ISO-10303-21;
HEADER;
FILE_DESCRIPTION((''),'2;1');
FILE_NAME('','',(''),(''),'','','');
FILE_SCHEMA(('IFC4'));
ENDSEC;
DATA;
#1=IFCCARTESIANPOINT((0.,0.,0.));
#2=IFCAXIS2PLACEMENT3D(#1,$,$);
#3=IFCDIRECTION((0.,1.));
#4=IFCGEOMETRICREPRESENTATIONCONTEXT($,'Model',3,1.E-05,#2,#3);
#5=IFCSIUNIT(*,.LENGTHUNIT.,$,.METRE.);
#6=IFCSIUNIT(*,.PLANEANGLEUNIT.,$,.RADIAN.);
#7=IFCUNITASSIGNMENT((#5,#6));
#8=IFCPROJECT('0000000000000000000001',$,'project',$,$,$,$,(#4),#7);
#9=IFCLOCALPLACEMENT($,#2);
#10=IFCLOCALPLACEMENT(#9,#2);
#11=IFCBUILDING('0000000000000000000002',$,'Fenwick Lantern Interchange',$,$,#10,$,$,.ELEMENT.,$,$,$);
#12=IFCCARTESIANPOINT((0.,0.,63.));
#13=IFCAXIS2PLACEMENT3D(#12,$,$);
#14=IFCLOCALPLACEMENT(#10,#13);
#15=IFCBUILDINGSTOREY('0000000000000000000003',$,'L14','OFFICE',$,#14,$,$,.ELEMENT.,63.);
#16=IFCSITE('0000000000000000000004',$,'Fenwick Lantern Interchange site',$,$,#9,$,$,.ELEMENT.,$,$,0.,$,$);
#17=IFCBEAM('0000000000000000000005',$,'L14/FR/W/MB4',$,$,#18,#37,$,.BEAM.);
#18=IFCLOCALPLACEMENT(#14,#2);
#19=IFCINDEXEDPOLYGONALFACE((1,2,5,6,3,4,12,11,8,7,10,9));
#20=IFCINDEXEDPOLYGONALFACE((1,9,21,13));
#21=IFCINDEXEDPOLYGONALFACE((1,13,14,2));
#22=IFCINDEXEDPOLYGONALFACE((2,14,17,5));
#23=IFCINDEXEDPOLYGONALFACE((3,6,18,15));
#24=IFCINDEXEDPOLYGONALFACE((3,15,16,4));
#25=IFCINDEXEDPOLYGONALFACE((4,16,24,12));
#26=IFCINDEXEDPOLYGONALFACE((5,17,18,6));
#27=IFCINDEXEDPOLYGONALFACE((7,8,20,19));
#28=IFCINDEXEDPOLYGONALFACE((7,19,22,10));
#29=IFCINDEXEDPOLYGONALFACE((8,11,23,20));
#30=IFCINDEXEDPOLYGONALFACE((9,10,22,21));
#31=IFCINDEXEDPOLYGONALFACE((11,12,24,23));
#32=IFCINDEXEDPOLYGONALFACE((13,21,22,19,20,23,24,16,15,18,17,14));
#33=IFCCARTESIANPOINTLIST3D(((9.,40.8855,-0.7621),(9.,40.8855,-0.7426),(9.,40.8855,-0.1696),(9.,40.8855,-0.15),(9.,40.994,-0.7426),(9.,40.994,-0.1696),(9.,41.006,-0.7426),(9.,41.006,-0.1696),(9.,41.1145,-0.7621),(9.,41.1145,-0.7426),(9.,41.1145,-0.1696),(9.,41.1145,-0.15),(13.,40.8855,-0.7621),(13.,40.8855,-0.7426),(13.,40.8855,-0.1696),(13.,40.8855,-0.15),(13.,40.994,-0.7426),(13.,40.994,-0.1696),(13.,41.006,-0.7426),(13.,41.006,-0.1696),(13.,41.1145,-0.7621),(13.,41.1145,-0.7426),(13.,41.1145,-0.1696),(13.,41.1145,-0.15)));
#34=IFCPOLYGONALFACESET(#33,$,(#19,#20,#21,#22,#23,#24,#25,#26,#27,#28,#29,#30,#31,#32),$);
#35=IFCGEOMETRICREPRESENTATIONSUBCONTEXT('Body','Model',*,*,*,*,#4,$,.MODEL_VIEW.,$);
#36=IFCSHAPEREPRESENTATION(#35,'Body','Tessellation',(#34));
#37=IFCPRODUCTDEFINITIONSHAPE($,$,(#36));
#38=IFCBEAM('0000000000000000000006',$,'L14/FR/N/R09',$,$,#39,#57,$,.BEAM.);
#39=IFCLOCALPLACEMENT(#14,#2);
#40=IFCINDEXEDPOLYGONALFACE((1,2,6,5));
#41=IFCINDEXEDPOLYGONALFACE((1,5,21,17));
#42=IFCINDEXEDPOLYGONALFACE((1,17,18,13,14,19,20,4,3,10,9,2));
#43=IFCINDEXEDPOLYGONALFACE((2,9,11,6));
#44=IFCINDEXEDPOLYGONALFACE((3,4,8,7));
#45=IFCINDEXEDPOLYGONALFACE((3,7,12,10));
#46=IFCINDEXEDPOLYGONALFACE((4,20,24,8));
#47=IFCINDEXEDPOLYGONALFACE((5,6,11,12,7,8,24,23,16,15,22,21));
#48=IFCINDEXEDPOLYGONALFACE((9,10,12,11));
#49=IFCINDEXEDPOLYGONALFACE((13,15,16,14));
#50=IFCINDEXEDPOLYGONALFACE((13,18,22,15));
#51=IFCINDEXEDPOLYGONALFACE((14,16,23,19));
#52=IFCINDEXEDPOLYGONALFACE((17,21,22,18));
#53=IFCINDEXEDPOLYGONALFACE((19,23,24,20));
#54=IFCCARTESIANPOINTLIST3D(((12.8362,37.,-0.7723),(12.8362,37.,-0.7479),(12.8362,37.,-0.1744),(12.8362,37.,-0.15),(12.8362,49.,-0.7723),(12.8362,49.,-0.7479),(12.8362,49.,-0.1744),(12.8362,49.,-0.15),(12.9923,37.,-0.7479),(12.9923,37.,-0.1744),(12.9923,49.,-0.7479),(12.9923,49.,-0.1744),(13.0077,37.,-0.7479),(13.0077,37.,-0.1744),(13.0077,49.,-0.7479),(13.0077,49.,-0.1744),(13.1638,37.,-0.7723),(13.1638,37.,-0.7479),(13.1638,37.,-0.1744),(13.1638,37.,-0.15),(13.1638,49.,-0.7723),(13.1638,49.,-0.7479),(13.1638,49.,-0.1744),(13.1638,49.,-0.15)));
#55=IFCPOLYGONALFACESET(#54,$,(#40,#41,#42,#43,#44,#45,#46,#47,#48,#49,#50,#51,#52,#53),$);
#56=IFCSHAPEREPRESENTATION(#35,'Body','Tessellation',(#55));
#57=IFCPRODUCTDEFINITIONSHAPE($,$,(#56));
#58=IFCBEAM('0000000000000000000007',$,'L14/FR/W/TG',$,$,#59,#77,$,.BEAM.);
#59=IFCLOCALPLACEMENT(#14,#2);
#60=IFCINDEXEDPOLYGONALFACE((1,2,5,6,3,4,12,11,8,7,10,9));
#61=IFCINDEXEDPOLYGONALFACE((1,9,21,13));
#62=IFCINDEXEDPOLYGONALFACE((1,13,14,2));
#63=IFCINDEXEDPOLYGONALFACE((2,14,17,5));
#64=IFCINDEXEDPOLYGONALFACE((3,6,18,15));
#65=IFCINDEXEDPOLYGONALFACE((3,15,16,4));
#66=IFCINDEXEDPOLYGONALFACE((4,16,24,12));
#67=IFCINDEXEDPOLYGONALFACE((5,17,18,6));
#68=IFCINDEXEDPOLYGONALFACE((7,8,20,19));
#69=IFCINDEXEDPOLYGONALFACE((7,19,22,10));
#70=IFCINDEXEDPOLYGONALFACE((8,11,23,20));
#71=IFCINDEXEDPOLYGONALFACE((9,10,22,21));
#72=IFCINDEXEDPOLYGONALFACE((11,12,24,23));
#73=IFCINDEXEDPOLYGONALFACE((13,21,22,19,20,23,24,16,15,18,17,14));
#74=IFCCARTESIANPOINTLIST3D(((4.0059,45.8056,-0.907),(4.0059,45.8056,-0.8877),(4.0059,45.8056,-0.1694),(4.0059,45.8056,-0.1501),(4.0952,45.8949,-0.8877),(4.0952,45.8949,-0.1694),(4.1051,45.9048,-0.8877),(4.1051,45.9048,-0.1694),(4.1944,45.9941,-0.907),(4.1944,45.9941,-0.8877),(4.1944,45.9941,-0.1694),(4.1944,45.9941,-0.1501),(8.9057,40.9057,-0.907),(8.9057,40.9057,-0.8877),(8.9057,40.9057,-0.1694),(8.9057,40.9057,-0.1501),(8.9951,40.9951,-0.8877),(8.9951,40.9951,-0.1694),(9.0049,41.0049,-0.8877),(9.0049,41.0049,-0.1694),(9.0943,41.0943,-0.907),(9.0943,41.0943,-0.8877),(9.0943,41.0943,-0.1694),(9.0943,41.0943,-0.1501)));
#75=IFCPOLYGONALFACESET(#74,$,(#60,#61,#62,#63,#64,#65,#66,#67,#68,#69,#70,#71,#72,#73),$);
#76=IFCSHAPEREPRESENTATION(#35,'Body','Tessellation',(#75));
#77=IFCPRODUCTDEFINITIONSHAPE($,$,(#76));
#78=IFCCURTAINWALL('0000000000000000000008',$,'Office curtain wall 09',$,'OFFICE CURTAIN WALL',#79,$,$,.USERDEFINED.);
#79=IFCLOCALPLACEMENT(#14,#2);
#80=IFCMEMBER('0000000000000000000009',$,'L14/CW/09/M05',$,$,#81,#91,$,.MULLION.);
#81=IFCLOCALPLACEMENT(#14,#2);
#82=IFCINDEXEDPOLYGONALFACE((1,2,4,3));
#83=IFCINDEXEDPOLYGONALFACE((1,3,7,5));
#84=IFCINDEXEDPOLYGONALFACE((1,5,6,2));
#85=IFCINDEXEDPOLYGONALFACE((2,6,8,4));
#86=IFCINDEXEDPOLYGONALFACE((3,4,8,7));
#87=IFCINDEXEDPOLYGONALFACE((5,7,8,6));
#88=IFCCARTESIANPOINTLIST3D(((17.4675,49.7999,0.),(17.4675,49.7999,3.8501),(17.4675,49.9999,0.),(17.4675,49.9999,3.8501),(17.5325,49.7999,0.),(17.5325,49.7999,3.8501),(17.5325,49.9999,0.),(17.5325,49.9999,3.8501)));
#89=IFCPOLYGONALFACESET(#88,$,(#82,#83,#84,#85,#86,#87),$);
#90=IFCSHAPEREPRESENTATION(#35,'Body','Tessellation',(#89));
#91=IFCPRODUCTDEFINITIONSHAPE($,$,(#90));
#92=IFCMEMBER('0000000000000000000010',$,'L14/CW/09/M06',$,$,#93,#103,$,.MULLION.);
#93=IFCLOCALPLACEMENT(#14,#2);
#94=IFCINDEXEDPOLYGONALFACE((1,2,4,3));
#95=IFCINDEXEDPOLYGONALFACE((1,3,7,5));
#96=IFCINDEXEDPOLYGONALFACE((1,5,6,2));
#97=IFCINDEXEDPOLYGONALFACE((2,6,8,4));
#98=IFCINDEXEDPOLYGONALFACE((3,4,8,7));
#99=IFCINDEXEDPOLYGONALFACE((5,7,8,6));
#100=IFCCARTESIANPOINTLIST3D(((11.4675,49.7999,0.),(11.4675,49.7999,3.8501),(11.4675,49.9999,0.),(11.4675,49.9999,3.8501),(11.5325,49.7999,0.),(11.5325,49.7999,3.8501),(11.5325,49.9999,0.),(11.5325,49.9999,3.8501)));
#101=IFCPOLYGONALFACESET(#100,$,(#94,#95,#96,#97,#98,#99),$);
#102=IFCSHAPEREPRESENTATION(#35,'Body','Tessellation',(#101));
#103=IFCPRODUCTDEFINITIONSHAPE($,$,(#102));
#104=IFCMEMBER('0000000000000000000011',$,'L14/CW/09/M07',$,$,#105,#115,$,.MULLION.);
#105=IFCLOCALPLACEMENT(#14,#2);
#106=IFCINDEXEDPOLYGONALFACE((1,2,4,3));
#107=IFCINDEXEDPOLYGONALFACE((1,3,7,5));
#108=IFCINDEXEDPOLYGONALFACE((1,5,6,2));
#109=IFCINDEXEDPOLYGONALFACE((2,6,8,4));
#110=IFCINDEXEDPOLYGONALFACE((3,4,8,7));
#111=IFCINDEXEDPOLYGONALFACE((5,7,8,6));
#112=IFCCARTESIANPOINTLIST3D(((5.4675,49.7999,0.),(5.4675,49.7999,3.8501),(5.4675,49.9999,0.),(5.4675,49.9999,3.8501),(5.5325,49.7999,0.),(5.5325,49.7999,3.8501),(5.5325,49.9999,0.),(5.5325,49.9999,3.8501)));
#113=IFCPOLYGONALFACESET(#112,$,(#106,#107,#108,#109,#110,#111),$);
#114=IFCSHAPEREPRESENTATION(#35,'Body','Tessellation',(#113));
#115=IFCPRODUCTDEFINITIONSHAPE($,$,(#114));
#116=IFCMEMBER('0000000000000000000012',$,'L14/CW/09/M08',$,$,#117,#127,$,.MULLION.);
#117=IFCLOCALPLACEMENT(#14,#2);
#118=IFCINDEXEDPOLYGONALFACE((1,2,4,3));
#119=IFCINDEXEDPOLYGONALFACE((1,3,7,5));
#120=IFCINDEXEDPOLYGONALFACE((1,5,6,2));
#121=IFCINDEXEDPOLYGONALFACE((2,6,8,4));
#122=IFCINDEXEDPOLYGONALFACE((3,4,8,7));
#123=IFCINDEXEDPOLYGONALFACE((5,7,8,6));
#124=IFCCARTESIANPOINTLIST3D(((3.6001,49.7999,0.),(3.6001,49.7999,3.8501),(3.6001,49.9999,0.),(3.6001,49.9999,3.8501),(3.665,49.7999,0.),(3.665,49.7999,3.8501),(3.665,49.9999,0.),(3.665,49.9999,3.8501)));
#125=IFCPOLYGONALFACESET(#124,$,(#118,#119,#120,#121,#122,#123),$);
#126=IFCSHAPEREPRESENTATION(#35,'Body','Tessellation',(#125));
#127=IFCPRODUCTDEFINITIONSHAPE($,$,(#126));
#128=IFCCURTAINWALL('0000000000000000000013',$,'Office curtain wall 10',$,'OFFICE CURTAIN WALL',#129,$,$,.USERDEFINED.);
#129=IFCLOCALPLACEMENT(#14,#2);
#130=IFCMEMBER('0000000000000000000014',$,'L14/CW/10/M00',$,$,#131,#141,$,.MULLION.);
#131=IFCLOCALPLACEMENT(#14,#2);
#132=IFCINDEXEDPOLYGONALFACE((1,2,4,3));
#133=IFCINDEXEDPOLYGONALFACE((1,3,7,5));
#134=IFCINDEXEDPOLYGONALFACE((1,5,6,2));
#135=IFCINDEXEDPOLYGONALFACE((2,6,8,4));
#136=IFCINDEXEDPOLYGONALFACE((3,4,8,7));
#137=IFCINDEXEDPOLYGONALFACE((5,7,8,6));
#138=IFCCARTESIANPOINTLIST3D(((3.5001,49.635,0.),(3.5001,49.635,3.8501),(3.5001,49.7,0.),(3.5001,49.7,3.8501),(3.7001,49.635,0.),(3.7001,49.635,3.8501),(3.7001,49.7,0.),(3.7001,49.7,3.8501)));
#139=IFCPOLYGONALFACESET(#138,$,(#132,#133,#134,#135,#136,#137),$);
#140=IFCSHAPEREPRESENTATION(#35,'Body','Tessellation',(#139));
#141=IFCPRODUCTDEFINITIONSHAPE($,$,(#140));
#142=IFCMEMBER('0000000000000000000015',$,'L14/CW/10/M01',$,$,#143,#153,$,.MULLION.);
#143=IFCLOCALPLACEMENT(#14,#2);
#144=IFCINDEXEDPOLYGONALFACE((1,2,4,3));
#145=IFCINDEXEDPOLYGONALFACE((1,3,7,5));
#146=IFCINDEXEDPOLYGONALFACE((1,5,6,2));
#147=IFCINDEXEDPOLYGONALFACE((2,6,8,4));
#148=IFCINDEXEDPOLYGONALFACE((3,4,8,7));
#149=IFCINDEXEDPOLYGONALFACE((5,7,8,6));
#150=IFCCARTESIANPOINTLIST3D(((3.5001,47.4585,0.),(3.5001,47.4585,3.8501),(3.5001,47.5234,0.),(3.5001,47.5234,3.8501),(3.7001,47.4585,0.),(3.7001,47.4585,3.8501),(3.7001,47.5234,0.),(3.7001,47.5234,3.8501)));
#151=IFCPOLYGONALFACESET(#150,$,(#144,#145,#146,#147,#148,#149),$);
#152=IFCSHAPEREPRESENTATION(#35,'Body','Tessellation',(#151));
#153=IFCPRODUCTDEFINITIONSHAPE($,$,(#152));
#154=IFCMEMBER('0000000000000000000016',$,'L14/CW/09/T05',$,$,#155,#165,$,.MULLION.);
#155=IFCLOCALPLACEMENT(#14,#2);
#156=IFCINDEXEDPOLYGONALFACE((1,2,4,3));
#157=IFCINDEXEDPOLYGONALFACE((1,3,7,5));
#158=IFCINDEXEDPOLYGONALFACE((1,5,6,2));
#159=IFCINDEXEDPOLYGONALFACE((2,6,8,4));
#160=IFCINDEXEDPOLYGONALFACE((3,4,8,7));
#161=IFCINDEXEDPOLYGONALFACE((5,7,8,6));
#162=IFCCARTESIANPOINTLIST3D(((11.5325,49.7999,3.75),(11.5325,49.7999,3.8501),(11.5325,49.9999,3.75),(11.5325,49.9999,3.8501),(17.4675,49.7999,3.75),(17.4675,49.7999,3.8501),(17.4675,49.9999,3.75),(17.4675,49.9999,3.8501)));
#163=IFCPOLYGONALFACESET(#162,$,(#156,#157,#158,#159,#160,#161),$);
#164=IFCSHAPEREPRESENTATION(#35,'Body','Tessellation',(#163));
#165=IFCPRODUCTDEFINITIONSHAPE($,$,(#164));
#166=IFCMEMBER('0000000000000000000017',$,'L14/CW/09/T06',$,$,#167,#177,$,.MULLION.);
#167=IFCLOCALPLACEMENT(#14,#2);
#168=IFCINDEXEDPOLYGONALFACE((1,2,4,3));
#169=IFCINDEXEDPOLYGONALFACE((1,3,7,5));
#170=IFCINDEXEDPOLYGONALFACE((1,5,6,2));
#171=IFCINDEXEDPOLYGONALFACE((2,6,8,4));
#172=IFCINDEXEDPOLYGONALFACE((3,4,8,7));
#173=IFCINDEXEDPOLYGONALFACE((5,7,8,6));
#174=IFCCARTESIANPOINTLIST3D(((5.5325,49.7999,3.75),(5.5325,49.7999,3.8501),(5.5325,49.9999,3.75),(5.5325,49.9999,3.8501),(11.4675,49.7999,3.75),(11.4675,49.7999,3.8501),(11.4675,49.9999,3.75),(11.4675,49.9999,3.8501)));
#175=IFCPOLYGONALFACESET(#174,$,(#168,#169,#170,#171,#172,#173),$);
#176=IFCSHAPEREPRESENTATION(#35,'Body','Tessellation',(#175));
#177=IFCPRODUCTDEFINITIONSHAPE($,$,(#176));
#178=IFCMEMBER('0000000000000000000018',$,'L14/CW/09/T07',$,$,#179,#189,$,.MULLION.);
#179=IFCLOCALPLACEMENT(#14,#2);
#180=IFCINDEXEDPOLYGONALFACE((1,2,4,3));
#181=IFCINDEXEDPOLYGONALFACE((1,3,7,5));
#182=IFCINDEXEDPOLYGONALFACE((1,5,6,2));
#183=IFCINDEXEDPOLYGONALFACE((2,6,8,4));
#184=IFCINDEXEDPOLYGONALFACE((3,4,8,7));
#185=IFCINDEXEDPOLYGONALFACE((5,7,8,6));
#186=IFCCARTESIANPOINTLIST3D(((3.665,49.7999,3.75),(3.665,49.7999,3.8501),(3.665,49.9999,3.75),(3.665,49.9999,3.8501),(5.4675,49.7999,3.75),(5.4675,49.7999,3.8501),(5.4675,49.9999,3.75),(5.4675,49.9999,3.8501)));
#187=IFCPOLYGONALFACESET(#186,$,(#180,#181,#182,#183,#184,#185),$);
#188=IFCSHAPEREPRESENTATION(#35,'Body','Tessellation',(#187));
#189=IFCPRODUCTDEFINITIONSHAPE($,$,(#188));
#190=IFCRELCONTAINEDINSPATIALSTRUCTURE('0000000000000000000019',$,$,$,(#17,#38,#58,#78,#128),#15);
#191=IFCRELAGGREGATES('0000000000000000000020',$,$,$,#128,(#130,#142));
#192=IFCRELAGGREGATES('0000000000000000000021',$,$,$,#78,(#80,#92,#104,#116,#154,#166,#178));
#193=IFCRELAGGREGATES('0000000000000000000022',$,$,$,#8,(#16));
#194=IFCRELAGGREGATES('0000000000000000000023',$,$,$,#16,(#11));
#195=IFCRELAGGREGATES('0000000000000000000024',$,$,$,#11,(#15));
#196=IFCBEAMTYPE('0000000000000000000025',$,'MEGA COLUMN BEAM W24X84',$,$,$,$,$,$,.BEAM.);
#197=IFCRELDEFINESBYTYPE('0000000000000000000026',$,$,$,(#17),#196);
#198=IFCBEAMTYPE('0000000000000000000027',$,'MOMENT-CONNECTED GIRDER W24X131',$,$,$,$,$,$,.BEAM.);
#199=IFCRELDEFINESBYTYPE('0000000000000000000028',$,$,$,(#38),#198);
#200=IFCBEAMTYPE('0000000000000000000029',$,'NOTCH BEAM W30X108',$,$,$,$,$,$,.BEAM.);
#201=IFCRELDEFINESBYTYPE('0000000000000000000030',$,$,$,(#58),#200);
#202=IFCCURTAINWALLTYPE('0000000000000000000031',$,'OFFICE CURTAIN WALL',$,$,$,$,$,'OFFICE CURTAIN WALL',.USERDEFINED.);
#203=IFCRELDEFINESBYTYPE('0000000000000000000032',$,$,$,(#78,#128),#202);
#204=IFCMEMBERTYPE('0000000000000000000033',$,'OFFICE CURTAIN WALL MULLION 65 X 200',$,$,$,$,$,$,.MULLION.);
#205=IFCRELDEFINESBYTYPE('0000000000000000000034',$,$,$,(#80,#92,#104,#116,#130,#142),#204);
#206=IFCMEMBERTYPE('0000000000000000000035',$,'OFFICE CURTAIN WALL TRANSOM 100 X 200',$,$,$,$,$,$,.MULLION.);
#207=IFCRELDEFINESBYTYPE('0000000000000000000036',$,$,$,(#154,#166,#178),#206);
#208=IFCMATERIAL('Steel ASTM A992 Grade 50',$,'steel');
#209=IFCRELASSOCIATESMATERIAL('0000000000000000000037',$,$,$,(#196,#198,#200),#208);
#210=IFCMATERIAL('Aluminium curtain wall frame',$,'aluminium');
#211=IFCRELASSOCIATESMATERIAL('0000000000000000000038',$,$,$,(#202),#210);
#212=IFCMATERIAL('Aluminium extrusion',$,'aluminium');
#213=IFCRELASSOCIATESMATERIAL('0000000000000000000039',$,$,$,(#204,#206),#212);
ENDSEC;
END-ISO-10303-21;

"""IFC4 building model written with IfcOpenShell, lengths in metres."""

from ifc_helpers import new_model, si_unit, direction, frame, origin, origin_2d, place, context, subcontext, project, spatial, rectangle, i_section, extrude, material, material_profile, profile_set, type_object, element, aggregate, save


model = new_model("IFC4")

# Units and contexts
model_context = context("Model", 3, precision=1e-05, world=origin(), true_north=direction((0.0, 1.0)))
body_context = subcontext(model_context, "Body", "Model", "MODEL_VIEW")
ifc_project = project(units=[si_unit("LENGTHUNIT", "METRE"), si_unit("PLANEANGLEUNIT", "RADIAN")], contexts=[model_context])

# Site, building, storey
site_placement = place(None, origin())
site = spatial("IfcSite", under=ifc_project, at=site_placement, Name="Fenwick Lantern Interchange site", CompositionType="ELEMENT", RefElevation=0.0)
building_placement = place(site_placement, origin())
building = spatial("IfcBuilding", under=site, at=building_placement, Name="Fenwick Lantern Interchange", CompositionType="ELEMENT")
storey_placement = place(building_placement, frame((0.0, 0.0, 63.0)))
storey = spatial("IfcBuildingStorey", under=building, at=storey_placement, Name="L14", Description="OFFICE", CompositionType="ELEMENT", Elevation=63.0)

# Beams
ifc_material_1 = material(Name="Steel ASTM A992 Grade 50", Category="steel")
ifc_material_profile_1 = material_profile(ifc_material_1, i_section(OverallWidth=0.229, OverallDepth=0.6121, WebThickness=0.012, FlangeThickness=0.0195, at=origin_2d()), Name="W24X84")
ifc_profile_set_1 = profile_set([ifc_material_profile_1], Name="Steel ASTM A992 Grade 50")
beam_type_1 = type_object("IfcBeamType", Name="MEGA COLUMN BEAM W24X84", PredefinedType="BEAM", material=ifc_profile_set_1)
for number, where, z_axis, x_axis, name in (
    (1, (9.0, 41.0, -0.4561), (1.0, 0.0, 0.0), (0.0, 1.0, 0.0), "L14/FR/W/MB4"),
):
    element("IfcBeam", number, at=place(storey_placement, frame(where, z_axis=z_axis, x_axis=x_axis)), inside=storey, type_object=beam_type_1, Name=name, PredefinedType="BEAM", context=body_context, shape_type="SweptSolid", body=[
        extrude(i_section(OverallWidth=0.229, OverallDepth=0.6121, WebThickness=0.012, FlangeThickness=0.0195, at=origin_2d()), origin(), (0.0, 0.0, 1.0), 4.0),
    ])
ifc_material_profile_2 = material_profile(ifc_material_1, i_section(OverallWidth=0.3276, OverallDepth=0.6223, WebThickness=0.0154, FlangeThickness=0.0244, at=origin_2d()), Name="W24X131")
ifc_profile_set_2 = profile_set([ifc_material_profile_2], Name="Steel ASTM A992 Grade 50")
beam_type_2 = type_object("IfcBeamType", Name="MOMENT-CONNECTED GIRDER W24X131", PredefinedType="BEAM", material=ifc_profile_set_2)
beam_1_placement = place(storey_placement, frame((13.0, 49.0, -0.4612), z_axis=(0.0, -1.0, 0.0), x_axis=(1.0, 0.0, 0.0)))
element("IfcBeam", 2, at=beam_1_placement, inside=storey, type_object=beam_type_2, Name="L14/FR/N/R09", PredefinedType="BEAM", context=body_context, shape_type="SweptSolid", body=[
    extrude(i_section(OverallWidth=0.3276, OverallDepth=0.6223, WebThickness=0.0154, FlangeThickness=0.0244, at=origin_2d()), origin(), (0.0, 0.0, 1.0), 12.0),
])
ifc_material_profile_3 = material_profile(ifc_material_1, i_section(OverallWidth=0.2666, OverallDepth=0.7568, WebThickness=0.0139, FlangeThickness=0.0193, at=origin_2d()), Name="W30X108")
ifc_profile_set_3 = profile_set([ifc_material_profile_3], Name="Steel ASTM A992 Grade 50")
beam_type_3 = type_object("IfcBeamType", Name="NOTCH BEAM W30X108", PredefinedType="BEAM", material=ifc_profile_set_3)
beam_2_placement = place(storey_placement, frame((9.0, 41.0, -0.5286), z_axis=(-0.707107, 0.707107, 0.0), x_axis=(-0.707107, -0.707107, 0.0)))
element("IfcBeam", 3, at=beam_2_placement, inside=storey, type_object=beam_type_3, Name="L14/FR/W/TG", PredefinedType="BEAM", context=body_context, shape_type="SweptSolid", body=[
    extrude(i_section(OverallWidth=0.2666, OverallDepth=0.7568, WebThickness=0.0139, FlangeThickness=0.0193, at=origin_2d()), origin(), (0.0, 0.0, 1.0), 6.9294),
])

# Curtain walls, members
ifc_material_2 = material(Name="Aluminium curtain wall frame", Category="aluminium")
curtain_wall_type = type_object("IfcCurtainWallType", Name="OFFICE CURTAIN WALL", ElementType="OFFICE CURTAIN WALL", PredefinedType="USERDEFINED", material=ifc_material_2)
curtain_wall_1_placement = place(storey_placement, origin())
curtain_wall_1 = element("IfcCurtainWall", 4, at=curtain_wall_1_placement, inside=storey, type_object=curtain_wall_type, Name="Office curtain wall 09", ObjectType="OFFICE CURTAIN WALL", PredefinedType="USERDEFINED")
ifc_material_3 = material(Name="Aluminium extrusion", Category="aluminium")
ifc_material_profile_4 = material_profile(ifc_material_3, rectangle(XDim=0.2, YDim=0.0649, at=origin_2d()), Name="OFFICE CURTAIN WALL MULLION 65 X 200")
ifc_profile_set_4 = profile_set([ifc_material_profile_4], Name="Aluminium extrusion")
member_type_1 = type_object("IfcMemberType", Name="OFFICE CURTAIN WALL MULLION 65 X 200", PredefinedType="MULLION", material=ifc_profile_set_4)
member_1_placement = place(storey_placement, frame((17.5, 49.8999, 0.0), z_axis=(0.0, 0.0, 1.0), x_axis=(0.0, -1.0, 0.0)))
member_1 = element("IfcMember", 5, at=member_1_placement, type_object=member_type_1, Name="L14/CW/09/M05", PredefinedType="MULLION", context=body_context, shape_type="SweptSolid", body=[
    extrude(rectangle(XDim=0.2, YDim=0.0649, at=origin_2d()), origin(), (0.0, 0.0, 1.0), 3.8501),
])
member_2_placement = place(storey_placement, frame((11.5, 49.8999, 0.0), z_axis=(0.0, 0.0, 1.0), x_axis=(0.0, -1.0, 0.0)))
member_2 = element("IfcMember", 6, at=member_2_placement, type_object=member_type_1, Name="L14/CW/09/M06", PredefinedType="MULLION", context=body_context, shape_type="SweptSolid", body=[
    extrude(rectangle(XDim=0.2, YDim=0.0649, at=origin_2d()), origin(), (0.0, 0.0, 1.0), 3.8501),
])
member_3_placement = place(storey_placement, frame((5.5, 49.8999, 0.0), z_axis=(0.0, 0.0, 1.0), x_axis=(0.0, -1.0, 0.0)))
member_3 = element("IfcMember", 7, at=member_3_placement, type_object=member_type_1, Name="L14/CW/09/M07", PredefinedType="MULLION", context=body_context, shape_type="SweptSolid", body=[
    extrude(rectangle(XDim=0.2, YDim=0.0649, at=origin_2d()), origin(), (0.0, 0.0, 1.0), 3.8501),
])
member_4_placement = place(storey_placement, frame((3.6326, 49.8999, 0.0), z_axis=(0.0, 0.0, 1.0), x_axis=(0.0, -1.0, 0.0)))
member_4 = element("IfcMember", 8, at=member_4_placement, type_object=member_type_1, Name="L14/CW/09/M08", PredefinedType="MULLION", context=body_context, shape_type="SweptSolid", body=[
    extrude(rectangle(XDim=0.2, YDim=0.0649, at=origin_2d()), origin(), (0.0, 0.0, 1.0), 3.8501),
])
curtain_wall_2_placement = place(storey_placement, origin())
curtain_wall_2 = element("IfcCurtainWall", 9, at=curtain_wall_2_placement, inside=storey, type_object=curtain_wall_type, Name="Office curtain wall 10", ObjectType="OFFICE CURTAIN WALL", PredefinedType="USERDEFINED")
member_5_placement = place(storey_placement, frame((3.6001, 49.6675, 0.0), z_axis=(0.0, 0.0, 1.0), x_axis=(1.0, 0.0, 0.0)))
member_5 = element("IfcMember", 10, at=member_5_placement, type_object=member_type_1, Name="L14/CW/10/M00", PredefinedType="MULLION", context=body_context, shape_type="SweptSolid", body=[
    extrude(rectangle(XDim=0.2, YDim=0.0649, at=origin_2d()), origin(), (0.0, 0.0, 1.0), 3.8501),
])
member_6_placement = place(storey_placement, frame((3.6001, 47.491, 0.0), z_axis=(0.0, 0.0, 1.0), x_axis=(1.0, 0.0, 0.0)))
member_6 = element("IfcMember", 11, at=member_6_placement, type_object=member_type_1, Name="L14/CW/10/M01", PredefinedType="MULLION", context=body_context, shape_type="SweptSolid", body=[
    extrude(rectangle(XDim=0.2, YDim=0.0649, at=origin_2d()), origin(), (0.0, 0.0, 1.0), 3.8501),
])

# Members
ifc_material_profile_5 = material_profile(ifc_material_3, rectangle(XDim=0.2, YDim=0.1001, at=origin_2d()), Name="OFFICE CURTAIN WALL TRANSOM 100 X 200")
ifc_profile_set_5 = profile_set([ifc_material_profile_5], Name="Aluminium extrusion")
member_type_2 = type_object("IfcMemberType", Name="OFFICE CURTAIN WALL TRANSOM 100 X 200", PredefinedType="MULLION", material=ifc_profile_set_5)
member_7_placement = place(storey_placement, frame((17.4675, 49.8999, 3.8), z_axis=(-1.0, 0.0, 0.0), x_axis=(0.0, -1.0, 0.0)))
member_7 = element("IfcMember", 12, at=member_7_placement, type_object=member_type_2, Name="L14/CW/09/T05", PredefinedType="MULLION", context=body_context, shape_type="SweptSolid", body=[
    extrude(rectangle(XDim=0.2, YDim=0.1001, at=origin_2d()), origin(), (0.0, 0.0, 1.0), 5.9351),
])
member_8_placement = place(storey_placement, frame((11.4675, 49.8999, 3.8), z_axis=(-1.0, 0.0, 0.0), x_axis=(0.0, -1.0, 0.0)))
member_8 = element("IfcMember", 13, at=member_8_placement, type_object=member_type_2, Name="L14/CW/09/T06", PredefinedType="MULLION", context=body_context, shape_type="SweptSolid", body=[
    extrude(rectangle(XDim=0.2, YDim=0.1001, at=origin_2d()), origin(), (0.0, 0.0, 1.0), 5.9351),
])
member_9_placement = place(storey_placement, frame((5.4675, 49.8999, 3.8), z_axis=(-1.0, 0.0, 0.0), x_axis=(0.0, -1.0, 0.0)))
member_9 = element("IfcMember", 14, at=member_9_placement, type_object=member_type_2, Name="L14/CW/09/T07", PredefinedType="MULLION", context=body_context, shape_type="SweptSolid", body=[
    extrude(rectangle(XDim=0.2, YDim=0.1001, at=origin_2d()), origin(), (0.0, 0.0, 1.0), 1.8025),
])
aggregate(curtain_wall_2, [member_5, member_6])

aggregate(curtain_wall_1, [member_1, member_2, member_3, member_4, member_7, member_8, member_9])

save(model, "model.ifc")
